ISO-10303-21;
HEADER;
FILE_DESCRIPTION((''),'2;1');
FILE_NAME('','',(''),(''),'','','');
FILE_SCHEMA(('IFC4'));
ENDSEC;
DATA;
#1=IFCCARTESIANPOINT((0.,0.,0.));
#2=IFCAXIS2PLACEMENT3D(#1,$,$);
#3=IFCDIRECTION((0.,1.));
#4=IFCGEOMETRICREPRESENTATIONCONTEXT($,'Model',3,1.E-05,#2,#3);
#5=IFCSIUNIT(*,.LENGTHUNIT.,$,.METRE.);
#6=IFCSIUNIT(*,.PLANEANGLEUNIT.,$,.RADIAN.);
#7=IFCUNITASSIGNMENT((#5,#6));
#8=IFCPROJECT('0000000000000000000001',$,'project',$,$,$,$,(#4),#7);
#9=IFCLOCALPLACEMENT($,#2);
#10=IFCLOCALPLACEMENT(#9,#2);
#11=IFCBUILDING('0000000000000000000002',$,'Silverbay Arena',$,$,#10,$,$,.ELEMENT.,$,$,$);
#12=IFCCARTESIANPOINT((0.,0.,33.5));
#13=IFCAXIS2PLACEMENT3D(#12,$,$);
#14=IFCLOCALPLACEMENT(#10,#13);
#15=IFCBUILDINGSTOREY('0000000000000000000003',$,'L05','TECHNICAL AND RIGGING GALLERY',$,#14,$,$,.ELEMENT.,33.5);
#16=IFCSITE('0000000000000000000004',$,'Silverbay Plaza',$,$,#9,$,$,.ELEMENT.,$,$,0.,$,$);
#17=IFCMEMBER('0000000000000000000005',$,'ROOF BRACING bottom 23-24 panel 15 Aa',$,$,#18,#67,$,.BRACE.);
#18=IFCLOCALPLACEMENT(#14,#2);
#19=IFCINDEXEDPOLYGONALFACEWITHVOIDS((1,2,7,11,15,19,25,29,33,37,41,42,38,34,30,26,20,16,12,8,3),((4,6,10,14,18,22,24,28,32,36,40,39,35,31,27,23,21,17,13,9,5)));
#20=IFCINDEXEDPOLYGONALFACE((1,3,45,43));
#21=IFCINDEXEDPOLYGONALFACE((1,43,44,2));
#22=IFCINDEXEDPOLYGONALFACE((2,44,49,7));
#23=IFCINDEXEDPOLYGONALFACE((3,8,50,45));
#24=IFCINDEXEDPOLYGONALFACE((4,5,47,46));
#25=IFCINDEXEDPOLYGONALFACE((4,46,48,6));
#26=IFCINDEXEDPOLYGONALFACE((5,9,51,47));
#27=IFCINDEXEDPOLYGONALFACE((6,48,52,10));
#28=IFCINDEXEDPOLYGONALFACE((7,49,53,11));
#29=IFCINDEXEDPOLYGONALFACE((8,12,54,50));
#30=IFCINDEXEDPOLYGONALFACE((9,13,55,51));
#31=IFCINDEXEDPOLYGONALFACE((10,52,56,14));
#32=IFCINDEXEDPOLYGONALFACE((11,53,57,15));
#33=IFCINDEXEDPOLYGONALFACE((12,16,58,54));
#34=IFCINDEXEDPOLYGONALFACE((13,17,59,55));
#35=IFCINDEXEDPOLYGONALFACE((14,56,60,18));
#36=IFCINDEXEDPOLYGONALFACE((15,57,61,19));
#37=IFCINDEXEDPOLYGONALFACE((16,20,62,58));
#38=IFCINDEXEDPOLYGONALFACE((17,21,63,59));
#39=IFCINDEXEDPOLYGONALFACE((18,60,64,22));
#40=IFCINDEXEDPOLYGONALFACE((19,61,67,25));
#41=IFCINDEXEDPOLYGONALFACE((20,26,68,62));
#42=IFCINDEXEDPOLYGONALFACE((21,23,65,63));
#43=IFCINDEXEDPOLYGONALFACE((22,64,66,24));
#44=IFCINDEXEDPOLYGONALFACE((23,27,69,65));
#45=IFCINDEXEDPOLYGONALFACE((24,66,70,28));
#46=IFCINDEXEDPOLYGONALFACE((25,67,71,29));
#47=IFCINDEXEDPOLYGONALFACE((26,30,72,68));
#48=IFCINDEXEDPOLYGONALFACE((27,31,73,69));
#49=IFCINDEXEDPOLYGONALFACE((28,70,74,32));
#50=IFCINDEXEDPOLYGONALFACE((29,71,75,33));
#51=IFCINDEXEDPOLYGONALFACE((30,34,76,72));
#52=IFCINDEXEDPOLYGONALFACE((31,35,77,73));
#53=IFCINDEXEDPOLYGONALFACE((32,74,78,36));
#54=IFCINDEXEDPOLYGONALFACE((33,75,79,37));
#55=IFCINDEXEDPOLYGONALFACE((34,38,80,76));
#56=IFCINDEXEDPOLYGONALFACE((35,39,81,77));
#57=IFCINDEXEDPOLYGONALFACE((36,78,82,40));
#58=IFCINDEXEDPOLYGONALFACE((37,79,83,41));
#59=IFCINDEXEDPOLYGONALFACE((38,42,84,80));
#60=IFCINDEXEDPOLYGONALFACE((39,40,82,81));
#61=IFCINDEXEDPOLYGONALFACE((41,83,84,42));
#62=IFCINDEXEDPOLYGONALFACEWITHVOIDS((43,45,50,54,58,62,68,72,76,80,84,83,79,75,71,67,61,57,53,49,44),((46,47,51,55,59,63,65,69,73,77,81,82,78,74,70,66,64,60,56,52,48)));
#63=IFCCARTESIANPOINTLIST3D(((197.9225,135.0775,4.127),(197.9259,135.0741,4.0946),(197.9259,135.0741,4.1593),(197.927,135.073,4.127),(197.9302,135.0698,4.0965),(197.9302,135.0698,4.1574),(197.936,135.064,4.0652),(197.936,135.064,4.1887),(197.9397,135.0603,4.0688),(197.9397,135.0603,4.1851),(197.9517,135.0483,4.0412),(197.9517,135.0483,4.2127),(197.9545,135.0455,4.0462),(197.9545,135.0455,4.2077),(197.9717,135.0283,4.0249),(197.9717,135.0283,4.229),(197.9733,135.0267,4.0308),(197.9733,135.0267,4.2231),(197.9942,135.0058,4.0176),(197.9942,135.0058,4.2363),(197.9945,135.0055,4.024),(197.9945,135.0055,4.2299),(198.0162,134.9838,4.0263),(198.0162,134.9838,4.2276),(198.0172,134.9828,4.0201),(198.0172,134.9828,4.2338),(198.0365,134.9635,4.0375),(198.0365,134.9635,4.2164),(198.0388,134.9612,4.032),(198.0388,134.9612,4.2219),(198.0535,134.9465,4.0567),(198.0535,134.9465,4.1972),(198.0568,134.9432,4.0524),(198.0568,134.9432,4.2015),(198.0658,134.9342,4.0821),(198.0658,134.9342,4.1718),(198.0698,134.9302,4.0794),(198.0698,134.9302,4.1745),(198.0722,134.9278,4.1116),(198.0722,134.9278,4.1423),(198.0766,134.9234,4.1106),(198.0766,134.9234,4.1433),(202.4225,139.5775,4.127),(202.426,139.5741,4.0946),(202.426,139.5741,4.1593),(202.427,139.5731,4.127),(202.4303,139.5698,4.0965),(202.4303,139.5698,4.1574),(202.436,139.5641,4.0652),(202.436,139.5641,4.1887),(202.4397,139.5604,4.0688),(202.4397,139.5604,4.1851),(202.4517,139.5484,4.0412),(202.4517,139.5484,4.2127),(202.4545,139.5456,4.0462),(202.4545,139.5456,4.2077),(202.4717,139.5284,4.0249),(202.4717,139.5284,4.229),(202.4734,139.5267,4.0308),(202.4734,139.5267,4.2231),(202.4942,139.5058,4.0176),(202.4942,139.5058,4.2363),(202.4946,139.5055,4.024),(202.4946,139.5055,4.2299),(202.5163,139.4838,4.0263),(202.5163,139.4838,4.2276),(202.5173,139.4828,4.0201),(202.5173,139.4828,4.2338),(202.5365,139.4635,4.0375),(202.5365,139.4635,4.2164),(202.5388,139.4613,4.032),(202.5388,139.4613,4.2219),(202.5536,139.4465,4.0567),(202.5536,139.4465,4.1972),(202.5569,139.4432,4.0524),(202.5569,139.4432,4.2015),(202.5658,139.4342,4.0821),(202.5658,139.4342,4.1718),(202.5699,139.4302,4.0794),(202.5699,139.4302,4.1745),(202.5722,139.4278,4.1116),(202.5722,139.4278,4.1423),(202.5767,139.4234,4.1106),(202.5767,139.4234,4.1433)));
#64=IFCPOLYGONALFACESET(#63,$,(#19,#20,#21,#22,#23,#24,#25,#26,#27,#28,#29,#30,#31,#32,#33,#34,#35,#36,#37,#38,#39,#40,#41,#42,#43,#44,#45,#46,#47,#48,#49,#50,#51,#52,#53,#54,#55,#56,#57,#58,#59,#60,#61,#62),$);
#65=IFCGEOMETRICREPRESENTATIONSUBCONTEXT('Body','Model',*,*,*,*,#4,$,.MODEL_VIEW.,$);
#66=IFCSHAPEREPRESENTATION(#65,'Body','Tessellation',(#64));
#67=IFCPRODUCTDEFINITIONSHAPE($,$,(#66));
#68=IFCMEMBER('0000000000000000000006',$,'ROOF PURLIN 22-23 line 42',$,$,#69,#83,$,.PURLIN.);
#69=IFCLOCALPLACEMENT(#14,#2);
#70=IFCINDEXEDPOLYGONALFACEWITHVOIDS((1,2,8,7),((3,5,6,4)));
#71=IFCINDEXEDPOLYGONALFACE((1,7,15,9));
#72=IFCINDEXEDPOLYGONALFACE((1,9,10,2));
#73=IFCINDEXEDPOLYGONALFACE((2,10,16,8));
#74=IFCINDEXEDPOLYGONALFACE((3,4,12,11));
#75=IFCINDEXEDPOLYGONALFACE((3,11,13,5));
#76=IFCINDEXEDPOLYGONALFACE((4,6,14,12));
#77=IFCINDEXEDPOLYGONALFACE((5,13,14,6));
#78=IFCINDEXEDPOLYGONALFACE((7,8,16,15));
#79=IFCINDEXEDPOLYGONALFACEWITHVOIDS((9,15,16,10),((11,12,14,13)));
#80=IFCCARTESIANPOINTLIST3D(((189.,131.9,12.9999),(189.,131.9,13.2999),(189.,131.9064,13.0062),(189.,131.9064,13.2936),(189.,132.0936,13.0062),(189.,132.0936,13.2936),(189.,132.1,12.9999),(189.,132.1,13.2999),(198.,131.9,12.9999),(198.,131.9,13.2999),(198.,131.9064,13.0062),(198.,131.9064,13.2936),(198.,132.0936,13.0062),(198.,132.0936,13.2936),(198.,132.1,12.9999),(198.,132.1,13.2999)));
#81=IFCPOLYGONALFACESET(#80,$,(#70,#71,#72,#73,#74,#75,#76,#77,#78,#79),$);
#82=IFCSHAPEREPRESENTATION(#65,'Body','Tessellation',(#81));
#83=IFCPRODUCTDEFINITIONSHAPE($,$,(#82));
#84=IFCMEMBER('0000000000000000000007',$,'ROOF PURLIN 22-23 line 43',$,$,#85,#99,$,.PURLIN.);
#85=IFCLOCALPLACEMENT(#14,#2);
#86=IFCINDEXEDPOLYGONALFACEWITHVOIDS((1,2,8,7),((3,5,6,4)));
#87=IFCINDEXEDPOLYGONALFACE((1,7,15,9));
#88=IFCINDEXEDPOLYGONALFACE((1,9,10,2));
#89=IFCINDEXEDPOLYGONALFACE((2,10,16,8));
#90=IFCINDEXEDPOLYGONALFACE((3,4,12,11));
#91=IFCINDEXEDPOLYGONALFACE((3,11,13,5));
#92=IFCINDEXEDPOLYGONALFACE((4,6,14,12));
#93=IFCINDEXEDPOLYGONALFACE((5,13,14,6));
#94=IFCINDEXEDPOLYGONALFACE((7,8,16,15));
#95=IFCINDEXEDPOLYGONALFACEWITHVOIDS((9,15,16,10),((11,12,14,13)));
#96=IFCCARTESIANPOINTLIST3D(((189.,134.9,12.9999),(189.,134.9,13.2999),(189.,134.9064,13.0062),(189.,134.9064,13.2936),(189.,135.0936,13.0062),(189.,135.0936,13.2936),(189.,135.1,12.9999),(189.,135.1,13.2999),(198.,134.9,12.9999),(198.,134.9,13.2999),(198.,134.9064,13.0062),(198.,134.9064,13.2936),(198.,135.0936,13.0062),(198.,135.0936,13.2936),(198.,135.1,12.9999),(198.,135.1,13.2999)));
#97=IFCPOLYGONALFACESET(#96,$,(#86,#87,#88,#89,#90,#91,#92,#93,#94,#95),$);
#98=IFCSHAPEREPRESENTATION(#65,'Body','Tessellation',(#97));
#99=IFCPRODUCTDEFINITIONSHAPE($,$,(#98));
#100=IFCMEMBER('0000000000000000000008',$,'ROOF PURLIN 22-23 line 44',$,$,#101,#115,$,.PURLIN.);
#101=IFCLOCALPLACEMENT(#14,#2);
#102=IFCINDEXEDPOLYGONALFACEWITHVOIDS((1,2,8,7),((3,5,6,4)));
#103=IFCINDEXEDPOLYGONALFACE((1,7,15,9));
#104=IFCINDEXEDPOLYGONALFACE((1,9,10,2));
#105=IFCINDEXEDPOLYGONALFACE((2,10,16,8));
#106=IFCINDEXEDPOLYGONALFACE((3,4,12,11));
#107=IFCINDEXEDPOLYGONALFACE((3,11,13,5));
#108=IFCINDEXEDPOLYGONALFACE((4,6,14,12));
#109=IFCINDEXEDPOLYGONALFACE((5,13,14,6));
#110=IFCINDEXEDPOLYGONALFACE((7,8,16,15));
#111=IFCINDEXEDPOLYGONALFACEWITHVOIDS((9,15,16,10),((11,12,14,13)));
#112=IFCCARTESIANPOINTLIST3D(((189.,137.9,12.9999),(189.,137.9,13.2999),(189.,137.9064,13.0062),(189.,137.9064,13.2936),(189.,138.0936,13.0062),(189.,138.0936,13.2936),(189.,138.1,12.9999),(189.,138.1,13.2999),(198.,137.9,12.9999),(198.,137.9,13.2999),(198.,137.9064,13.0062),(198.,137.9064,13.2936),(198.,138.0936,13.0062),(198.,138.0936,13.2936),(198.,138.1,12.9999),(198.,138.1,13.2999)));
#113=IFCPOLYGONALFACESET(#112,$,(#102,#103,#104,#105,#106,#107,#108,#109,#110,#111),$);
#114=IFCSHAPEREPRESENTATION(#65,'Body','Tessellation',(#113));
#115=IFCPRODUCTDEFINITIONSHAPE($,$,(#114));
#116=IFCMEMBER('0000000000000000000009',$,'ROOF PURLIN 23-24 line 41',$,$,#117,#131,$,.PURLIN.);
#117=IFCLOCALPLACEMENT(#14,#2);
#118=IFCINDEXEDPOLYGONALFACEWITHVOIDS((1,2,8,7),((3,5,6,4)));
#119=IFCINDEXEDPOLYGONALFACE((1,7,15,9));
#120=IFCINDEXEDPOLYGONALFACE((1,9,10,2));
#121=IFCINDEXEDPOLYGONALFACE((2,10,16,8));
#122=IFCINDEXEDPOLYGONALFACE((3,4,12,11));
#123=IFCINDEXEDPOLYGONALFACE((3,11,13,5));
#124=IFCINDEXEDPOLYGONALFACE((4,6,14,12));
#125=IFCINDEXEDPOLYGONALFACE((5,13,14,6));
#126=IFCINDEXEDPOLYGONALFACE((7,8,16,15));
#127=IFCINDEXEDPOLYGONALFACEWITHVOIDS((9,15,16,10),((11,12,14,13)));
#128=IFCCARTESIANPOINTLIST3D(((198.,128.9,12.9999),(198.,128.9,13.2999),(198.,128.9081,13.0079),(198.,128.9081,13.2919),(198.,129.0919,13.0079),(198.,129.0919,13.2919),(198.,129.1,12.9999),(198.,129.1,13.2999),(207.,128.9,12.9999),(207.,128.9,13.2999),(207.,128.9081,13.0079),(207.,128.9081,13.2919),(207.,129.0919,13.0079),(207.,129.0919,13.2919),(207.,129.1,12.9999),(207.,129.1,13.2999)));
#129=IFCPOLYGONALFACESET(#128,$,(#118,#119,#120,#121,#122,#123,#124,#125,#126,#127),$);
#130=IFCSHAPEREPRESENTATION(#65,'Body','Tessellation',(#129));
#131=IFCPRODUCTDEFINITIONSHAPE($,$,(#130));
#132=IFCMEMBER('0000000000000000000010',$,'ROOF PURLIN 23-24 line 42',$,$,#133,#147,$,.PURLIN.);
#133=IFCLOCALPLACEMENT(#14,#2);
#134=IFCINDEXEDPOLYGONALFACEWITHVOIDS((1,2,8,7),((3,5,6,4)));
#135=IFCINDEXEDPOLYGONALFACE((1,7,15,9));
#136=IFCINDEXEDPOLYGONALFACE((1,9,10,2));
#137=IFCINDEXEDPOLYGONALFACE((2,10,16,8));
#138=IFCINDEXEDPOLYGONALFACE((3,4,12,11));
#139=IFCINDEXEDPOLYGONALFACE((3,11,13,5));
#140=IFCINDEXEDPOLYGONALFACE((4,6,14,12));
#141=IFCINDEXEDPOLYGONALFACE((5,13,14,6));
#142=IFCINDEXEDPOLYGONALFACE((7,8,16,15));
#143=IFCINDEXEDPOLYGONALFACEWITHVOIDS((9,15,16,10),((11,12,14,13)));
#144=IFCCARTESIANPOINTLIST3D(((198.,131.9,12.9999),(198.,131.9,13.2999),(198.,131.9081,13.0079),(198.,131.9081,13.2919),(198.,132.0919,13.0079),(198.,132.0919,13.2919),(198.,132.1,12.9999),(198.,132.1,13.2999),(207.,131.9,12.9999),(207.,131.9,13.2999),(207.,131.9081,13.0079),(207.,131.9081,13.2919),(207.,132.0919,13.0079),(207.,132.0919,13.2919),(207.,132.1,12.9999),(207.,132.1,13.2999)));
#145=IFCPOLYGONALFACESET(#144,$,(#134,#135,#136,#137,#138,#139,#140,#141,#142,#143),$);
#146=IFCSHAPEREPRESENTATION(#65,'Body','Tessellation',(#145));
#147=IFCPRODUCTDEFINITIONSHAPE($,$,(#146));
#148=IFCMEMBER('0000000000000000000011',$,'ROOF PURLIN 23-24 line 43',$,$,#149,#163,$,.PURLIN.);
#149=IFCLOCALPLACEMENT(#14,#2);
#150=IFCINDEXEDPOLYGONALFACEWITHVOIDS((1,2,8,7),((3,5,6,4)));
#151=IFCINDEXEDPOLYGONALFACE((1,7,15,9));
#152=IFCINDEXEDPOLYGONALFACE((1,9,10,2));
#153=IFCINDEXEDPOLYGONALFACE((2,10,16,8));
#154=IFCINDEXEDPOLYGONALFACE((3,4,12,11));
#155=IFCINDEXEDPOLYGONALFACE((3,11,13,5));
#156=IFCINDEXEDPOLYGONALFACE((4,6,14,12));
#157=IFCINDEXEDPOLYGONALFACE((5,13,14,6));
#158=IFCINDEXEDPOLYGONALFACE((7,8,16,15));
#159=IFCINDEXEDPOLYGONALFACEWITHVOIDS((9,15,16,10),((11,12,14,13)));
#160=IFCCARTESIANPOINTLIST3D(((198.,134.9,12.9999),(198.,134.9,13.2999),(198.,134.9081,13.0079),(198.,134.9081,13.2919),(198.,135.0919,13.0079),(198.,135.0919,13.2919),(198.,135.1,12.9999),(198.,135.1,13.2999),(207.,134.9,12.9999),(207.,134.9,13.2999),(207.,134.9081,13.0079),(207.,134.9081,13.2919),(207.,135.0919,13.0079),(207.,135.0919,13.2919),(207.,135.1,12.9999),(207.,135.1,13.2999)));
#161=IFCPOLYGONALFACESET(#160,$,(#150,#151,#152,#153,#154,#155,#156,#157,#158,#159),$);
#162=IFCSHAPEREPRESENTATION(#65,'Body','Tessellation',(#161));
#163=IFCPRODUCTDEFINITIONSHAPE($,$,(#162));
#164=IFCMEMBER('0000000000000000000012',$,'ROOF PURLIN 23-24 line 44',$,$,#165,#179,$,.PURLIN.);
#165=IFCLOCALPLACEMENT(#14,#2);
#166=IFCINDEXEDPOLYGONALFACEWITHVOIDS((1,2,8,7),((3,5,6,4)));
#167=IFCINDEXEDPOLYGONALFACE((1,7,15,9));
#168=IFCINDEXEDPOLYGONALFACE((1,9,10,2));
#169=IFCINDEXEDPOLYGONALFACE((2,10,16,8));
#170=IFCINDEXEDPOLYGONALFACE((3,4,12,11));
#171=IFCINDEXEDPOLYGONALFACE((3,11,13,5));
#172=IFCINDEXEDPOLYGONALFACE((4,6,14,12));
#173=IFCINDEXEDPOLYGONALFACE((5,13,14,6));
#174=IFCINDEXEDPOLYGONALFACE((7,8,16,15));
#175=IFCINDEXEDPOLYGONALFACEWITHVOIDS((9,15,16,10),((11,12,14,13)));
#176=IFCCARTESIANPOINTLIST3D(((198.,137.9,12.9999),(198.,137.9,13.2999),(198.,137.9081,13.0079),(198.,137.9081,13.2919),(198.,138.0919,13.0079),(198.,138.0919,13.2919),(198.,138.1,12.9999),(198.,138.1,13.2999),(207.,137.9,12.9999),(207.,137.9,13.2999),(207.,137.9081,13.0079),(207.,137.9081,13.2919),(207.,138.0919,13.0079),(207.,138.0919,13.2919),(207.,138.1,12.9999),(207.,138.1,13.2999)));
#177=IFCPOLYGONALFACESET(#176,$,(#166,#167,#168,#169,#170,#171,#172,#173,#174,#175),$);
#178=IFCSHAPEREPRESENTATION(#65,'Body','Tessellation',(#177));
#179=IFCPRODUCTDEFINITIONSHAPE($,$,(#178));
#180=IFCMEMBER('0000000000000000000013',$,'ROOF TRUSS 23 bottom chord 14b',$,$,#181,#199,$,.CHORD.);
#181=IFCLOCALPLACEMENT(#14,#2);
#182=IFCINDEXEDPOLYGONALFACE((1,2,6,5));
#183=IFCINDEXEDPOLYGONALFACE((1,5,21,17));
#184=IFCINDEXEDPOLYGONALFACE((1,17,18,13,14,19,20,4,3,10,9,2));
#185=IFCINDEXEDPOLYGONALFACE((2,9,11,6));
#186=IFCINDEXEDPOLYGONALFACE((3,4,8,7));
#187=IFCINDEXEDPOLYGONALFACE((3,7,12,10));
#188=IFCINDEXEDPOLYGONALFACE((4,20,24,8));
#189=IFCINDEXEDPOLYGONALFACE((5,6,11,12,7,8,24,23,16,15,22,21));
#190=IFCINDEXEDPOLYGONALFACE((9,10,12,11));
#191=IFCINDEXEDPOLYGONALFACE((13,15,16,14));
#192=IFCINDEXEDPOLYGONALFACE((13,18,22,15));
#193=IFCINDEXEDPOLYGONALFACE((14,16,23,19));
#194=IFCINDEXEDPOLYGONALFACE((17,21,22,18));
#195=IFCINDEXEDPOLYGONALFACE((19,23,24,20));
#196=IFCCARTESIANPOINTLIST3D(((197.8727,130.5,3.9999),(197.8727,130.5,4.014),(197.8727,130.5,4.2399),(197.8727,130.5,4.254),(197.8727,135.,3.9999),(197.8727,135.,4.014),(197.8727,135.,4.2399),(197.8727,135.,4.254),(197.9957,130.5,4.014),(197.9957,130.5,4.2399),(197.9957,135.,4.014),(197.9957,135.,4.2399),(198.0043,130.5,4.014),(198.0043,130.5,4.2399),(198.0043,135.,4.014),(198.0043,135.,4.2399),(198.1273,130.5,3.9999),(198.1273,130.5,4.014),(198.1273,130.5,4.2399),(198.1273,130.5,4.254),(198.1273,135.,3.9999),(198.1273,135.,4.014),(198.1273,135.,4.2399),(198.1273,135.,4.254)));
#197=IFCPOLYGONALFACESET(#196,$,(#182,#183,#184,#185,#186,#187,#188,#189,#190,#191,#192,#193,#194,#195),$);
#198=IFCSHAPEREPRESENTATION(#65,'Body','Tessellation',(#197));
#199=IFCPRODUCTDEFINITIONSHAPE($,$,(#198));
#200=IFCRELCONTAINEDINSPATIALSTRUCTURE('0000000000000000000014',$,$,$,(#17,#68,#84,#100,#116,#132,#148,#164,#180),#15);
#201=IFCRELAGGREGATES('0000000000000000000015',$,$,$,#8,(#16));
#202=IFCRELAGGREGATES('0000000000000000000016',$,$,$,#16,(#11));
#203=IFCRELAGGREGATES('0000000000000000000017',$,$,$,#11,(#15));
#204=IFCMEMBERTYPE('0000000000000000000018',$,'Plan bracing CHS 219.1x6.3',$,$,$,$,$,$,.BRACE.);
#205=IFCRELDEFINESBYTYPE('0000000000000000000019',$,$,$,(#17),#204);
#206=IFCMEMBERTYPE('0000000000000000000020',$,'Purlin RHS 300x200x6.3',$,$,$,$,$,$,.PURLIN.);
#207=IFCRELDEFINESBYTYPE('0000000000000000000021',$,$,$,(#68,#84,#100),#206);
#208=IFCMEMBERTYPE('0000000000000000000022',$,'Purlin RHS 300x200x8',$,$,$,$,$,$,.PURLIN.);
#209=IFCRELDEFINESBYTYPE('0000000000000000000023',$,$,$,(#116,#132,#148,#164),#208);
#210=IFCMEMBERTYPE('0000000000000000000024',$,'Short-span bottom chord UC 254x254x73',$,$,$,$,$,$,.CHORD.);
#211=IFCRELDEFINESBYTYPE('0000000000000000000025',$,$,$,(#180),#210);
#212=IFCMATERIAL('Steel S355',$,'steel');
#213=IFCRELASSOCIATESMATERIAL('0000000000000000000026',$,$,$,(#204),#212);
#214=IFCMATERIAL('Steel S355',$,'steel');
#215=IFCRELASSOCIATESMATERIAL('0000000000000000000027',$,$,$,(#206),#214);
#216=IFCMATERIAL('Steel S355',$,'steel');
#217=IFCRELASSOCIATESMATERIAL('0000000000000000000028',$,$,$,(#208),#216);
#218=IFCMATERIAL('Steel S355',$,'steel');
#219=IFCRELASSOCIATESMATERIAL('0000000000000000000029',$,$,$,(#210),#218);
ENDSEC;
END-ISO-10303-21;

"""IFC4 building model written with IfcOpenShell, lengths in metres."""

from ifc_helpers import new_model, si_unit, direction, frame, origin, origin_2d, place, context, subcontext, project, spatial, hollow_rectangle, hollow_circle, i_section, extrude, material, material_profile, profile_set, type_object, element, save


model = new_model("IFC4")

# Units and contexts
model_context = context("Model", 3, precision=1e-05, world=origin(), true_north=direction((0.0, 1.0)))
body_context = subcontext(model_context, "Body", "Model", "MODEL_VIEW")
ifc_project = project(units=[si_unit("LENGTHUNIT", "METRE"), si_unit("PLANEANGLEUNIT", "RADIAN")], contexts=[model_context])

# Site, building, storey
site_placement = place(None, origin())
site = spatial("IfcSite", under=ifc_project, at=site_placement, Name="Silverbay Plaza", CompositionType="ELEMENT", RefElevation=0.0)
building_placement = place(site_placement, origin())
building = spatial("IfcBuilding", under=site, at=building_placement, Name="Silverbay Arena", CompositionType="ELEMENT")
storey_placement = place(building_placement, frame((0.0, 0.0, 33.5)))
storey = spatial("IfcBuildingStorey", under=building, at=storey_placement, Name="L05", Description="TECHNICAL AND RIGGING GALLERY", CompositionType="ELEMENT", Elevation=33.5)

# Members
ifc_material_1 = material(Name="Steel S355", Category="steel")
ifc_material_profile_1 = material_profile(ifc_material_1, hollow_circle(Radius=0.1096, WallThickness=0.0063, at=origin_2d()), Name="CHS 219.1x6.3")
ifc_profile_set_1 = profile_set([ifc_material_profile_1], Name="Steel S355")
member_type_1 = type_object("IfcMemberType", Name="Plan bracing CHS 219.1x6.3", PredefinedType="BRACE", material=ifc_profile_set_1)
for number, where, z_axis, x_axis, name in (
    (1, (198.0, 135.0, 4.127), (0.707107, 0.707107, 0.0), (-0.707107, 0.707107, 0.0), "ROOF BRACING bottom 23-24 panel 15 Aa"),
):
    element("IfcMember", number, at=place(storey_placement, frame(where, z_axis=z_axis, x_axis=x_axis)), inside=storey, type_object=member_type_1, Name=name, PredefinedType="BRACE", context=body_context, shape_type="SweptSolid", body=[
        extrude(hollow_circle(Radius=0.1096, WallThickness=0.0063, at=origin_2d()), origin(), (0.0, 0.0, 1.0), 6.364),
    ])
ifc_material_2 = material(Name="Steel S355", Category="steel")
ifc_material_profile_2 = material_profile(ifc_material_2, hollow_rectangle(XDim=0.2, YDim=0.3, WallThickness=0.0063, at=origin_2d()), Name="RHS 300x200x6.3")
ifc_profile_set_2 = profile_set([ifc_material_profile_2], Name="Steel S355")
member_type_2 = type_object("IfcMemberType", Name="Purlin RHS 300x200x6.3", PredefinedType="PURLIN", material=ifc_profile_set_2)
for number, where, z_axis, x_axis, name in (
    (2, (189.0, 132.0, 13.1499), (1.0, 0.0, 0.0), (0.0, 1.0, 0.0), "ROOF PURLIN 22-23 line 42"),
    (3, (189.0, 135.0, 13.1499), (1.0, 0.0, 0.0), (0.0, 1.0, 0.0), "ROOF PURLIN 22-23 line 43"),
    (4, (189.0, 138.0, 13.1499), (1.0, 0.0, 0.0), (0.0, 1.0, 0.0), "ROOF PURLIN 22-23 line 44"),
):
    element("IfcMember", number, at=place(storey_placement, frame(where, z_axis=z_axis, x_axis=x_axis)), inside=storey, type_object=member_type_2, Name=name, PredefinedType="PURLIN", context=body_context, shape_type="SweptSolid", body=[
        extrude(hollow_rectangle(XDim=0.2, YDim=0.3, WallThickness=0.0063, at=origin_2d()), origin(), (0.0, 0.0, 1.0), 9.0),
    ])
ifc_material_3 = material(Name="Steel S355", Category="steel")
ifc_material_profile_3 = material_profile(ifc_material_3, hollow_rectangle(XDim=0.2, YDim=0.3, WallThickness=0.0081, at=origin_2d()), Name="RHS 300x200x8")
ifc_profile_set_3 = profile_set([ifc_material_profile_3], Name="Steel S355")
member_type_3 = type_object("IfcMemberType", Name="Purlin RHS 300x200x8", PredefinedType="PURLIN", material=ifc_profile_set_3)
for number, where, z_axis, x_axis, name in (
    (5, (198.0, 129.0, 13.1499), (1.0, 0.0, 0.0), (0.0, 1.0, 0.0), "ROOF PURLIN 23-24 line 41"),
    (6, (198.0, 132.0, 13.1499), (1.0, 0.0, 0.0), (0.0, 1.0, 0.0), "ROOF PURLIN 23-24 line 42"),
    (7, (198.0, 135.0, 13.1499), (1.0, 0.0, 0.0), (0.0, 1.0, 0.0), "ROOF PURLIN 23-24 line 43"),
    (8, (198.0, 138.0, 13.1499), (1.0, 0.0, 0.0), (0.0, 1.0, 0.0), "ROOF PURLIN 23-24 line 44"),
):
    element("IfcMember", number, at=place(storey_placement, frame(where, z_axis=z_axis, x_axis=x_axis)), inside=storey, type_object=member_type_3, Name=name, PredefinedType="PURLIN", context=body_context, shape_type="SweptSolid", body=[
        extrude(hollow_rectangle(XDim=0.2, YDim=0.3, WallThickness=0.0081, at=origin_2d()), origin(), (0.0, 0.0, 1.0), 9.0),
    ])
ifc_material_4 = material(Name="Steel S355", Category="steel")
ifc_material_profile_4 = material_profile(ifc_material_4, i_section(OverallWidth=0.2546, OverallDepth=0.2542, WebThickness=0.0085, FlangeThickness=0.0142, at=origin_2d()), Name="UC 254x254x73")
ifc_profile_set_4 = profile_set([ifc_material_profile_4], Name="Steel S355")
member_type_4 = type_object("IfcMemberType", Name="Short-span bottom chord UC 254x254x73", PredefinedType="CHORD", material=ifc_profile_set_4)
for number, where, z_axis, x_axis, name in (
    (9, (198.0, 130.5, 4.127), (0.0, 1.0, 0.0), (-1.0, 0.0, 0.0), "ROOF TRUSS 23 bottom chord 14b"),
):
    element("IfcMember", number, at=place(storey_placement, frame(where, z_axis=z_axis, x_axis=x_axis)), inside=storey, type_object=member_type_4, Name=name, PredefinedType="CHORD", context=body_context, shape_type="SweptSolid", body=[
        extrude(i_section(OverallWidth=0.2546, OverallDepth=0.2542, WebThickness=0.0085, FlangeThickness=0.0142, at=origin_2d()), origin(), (0.0, 0.0, 1.0), 4.5),
    ])

save(model, "model.ifc")
